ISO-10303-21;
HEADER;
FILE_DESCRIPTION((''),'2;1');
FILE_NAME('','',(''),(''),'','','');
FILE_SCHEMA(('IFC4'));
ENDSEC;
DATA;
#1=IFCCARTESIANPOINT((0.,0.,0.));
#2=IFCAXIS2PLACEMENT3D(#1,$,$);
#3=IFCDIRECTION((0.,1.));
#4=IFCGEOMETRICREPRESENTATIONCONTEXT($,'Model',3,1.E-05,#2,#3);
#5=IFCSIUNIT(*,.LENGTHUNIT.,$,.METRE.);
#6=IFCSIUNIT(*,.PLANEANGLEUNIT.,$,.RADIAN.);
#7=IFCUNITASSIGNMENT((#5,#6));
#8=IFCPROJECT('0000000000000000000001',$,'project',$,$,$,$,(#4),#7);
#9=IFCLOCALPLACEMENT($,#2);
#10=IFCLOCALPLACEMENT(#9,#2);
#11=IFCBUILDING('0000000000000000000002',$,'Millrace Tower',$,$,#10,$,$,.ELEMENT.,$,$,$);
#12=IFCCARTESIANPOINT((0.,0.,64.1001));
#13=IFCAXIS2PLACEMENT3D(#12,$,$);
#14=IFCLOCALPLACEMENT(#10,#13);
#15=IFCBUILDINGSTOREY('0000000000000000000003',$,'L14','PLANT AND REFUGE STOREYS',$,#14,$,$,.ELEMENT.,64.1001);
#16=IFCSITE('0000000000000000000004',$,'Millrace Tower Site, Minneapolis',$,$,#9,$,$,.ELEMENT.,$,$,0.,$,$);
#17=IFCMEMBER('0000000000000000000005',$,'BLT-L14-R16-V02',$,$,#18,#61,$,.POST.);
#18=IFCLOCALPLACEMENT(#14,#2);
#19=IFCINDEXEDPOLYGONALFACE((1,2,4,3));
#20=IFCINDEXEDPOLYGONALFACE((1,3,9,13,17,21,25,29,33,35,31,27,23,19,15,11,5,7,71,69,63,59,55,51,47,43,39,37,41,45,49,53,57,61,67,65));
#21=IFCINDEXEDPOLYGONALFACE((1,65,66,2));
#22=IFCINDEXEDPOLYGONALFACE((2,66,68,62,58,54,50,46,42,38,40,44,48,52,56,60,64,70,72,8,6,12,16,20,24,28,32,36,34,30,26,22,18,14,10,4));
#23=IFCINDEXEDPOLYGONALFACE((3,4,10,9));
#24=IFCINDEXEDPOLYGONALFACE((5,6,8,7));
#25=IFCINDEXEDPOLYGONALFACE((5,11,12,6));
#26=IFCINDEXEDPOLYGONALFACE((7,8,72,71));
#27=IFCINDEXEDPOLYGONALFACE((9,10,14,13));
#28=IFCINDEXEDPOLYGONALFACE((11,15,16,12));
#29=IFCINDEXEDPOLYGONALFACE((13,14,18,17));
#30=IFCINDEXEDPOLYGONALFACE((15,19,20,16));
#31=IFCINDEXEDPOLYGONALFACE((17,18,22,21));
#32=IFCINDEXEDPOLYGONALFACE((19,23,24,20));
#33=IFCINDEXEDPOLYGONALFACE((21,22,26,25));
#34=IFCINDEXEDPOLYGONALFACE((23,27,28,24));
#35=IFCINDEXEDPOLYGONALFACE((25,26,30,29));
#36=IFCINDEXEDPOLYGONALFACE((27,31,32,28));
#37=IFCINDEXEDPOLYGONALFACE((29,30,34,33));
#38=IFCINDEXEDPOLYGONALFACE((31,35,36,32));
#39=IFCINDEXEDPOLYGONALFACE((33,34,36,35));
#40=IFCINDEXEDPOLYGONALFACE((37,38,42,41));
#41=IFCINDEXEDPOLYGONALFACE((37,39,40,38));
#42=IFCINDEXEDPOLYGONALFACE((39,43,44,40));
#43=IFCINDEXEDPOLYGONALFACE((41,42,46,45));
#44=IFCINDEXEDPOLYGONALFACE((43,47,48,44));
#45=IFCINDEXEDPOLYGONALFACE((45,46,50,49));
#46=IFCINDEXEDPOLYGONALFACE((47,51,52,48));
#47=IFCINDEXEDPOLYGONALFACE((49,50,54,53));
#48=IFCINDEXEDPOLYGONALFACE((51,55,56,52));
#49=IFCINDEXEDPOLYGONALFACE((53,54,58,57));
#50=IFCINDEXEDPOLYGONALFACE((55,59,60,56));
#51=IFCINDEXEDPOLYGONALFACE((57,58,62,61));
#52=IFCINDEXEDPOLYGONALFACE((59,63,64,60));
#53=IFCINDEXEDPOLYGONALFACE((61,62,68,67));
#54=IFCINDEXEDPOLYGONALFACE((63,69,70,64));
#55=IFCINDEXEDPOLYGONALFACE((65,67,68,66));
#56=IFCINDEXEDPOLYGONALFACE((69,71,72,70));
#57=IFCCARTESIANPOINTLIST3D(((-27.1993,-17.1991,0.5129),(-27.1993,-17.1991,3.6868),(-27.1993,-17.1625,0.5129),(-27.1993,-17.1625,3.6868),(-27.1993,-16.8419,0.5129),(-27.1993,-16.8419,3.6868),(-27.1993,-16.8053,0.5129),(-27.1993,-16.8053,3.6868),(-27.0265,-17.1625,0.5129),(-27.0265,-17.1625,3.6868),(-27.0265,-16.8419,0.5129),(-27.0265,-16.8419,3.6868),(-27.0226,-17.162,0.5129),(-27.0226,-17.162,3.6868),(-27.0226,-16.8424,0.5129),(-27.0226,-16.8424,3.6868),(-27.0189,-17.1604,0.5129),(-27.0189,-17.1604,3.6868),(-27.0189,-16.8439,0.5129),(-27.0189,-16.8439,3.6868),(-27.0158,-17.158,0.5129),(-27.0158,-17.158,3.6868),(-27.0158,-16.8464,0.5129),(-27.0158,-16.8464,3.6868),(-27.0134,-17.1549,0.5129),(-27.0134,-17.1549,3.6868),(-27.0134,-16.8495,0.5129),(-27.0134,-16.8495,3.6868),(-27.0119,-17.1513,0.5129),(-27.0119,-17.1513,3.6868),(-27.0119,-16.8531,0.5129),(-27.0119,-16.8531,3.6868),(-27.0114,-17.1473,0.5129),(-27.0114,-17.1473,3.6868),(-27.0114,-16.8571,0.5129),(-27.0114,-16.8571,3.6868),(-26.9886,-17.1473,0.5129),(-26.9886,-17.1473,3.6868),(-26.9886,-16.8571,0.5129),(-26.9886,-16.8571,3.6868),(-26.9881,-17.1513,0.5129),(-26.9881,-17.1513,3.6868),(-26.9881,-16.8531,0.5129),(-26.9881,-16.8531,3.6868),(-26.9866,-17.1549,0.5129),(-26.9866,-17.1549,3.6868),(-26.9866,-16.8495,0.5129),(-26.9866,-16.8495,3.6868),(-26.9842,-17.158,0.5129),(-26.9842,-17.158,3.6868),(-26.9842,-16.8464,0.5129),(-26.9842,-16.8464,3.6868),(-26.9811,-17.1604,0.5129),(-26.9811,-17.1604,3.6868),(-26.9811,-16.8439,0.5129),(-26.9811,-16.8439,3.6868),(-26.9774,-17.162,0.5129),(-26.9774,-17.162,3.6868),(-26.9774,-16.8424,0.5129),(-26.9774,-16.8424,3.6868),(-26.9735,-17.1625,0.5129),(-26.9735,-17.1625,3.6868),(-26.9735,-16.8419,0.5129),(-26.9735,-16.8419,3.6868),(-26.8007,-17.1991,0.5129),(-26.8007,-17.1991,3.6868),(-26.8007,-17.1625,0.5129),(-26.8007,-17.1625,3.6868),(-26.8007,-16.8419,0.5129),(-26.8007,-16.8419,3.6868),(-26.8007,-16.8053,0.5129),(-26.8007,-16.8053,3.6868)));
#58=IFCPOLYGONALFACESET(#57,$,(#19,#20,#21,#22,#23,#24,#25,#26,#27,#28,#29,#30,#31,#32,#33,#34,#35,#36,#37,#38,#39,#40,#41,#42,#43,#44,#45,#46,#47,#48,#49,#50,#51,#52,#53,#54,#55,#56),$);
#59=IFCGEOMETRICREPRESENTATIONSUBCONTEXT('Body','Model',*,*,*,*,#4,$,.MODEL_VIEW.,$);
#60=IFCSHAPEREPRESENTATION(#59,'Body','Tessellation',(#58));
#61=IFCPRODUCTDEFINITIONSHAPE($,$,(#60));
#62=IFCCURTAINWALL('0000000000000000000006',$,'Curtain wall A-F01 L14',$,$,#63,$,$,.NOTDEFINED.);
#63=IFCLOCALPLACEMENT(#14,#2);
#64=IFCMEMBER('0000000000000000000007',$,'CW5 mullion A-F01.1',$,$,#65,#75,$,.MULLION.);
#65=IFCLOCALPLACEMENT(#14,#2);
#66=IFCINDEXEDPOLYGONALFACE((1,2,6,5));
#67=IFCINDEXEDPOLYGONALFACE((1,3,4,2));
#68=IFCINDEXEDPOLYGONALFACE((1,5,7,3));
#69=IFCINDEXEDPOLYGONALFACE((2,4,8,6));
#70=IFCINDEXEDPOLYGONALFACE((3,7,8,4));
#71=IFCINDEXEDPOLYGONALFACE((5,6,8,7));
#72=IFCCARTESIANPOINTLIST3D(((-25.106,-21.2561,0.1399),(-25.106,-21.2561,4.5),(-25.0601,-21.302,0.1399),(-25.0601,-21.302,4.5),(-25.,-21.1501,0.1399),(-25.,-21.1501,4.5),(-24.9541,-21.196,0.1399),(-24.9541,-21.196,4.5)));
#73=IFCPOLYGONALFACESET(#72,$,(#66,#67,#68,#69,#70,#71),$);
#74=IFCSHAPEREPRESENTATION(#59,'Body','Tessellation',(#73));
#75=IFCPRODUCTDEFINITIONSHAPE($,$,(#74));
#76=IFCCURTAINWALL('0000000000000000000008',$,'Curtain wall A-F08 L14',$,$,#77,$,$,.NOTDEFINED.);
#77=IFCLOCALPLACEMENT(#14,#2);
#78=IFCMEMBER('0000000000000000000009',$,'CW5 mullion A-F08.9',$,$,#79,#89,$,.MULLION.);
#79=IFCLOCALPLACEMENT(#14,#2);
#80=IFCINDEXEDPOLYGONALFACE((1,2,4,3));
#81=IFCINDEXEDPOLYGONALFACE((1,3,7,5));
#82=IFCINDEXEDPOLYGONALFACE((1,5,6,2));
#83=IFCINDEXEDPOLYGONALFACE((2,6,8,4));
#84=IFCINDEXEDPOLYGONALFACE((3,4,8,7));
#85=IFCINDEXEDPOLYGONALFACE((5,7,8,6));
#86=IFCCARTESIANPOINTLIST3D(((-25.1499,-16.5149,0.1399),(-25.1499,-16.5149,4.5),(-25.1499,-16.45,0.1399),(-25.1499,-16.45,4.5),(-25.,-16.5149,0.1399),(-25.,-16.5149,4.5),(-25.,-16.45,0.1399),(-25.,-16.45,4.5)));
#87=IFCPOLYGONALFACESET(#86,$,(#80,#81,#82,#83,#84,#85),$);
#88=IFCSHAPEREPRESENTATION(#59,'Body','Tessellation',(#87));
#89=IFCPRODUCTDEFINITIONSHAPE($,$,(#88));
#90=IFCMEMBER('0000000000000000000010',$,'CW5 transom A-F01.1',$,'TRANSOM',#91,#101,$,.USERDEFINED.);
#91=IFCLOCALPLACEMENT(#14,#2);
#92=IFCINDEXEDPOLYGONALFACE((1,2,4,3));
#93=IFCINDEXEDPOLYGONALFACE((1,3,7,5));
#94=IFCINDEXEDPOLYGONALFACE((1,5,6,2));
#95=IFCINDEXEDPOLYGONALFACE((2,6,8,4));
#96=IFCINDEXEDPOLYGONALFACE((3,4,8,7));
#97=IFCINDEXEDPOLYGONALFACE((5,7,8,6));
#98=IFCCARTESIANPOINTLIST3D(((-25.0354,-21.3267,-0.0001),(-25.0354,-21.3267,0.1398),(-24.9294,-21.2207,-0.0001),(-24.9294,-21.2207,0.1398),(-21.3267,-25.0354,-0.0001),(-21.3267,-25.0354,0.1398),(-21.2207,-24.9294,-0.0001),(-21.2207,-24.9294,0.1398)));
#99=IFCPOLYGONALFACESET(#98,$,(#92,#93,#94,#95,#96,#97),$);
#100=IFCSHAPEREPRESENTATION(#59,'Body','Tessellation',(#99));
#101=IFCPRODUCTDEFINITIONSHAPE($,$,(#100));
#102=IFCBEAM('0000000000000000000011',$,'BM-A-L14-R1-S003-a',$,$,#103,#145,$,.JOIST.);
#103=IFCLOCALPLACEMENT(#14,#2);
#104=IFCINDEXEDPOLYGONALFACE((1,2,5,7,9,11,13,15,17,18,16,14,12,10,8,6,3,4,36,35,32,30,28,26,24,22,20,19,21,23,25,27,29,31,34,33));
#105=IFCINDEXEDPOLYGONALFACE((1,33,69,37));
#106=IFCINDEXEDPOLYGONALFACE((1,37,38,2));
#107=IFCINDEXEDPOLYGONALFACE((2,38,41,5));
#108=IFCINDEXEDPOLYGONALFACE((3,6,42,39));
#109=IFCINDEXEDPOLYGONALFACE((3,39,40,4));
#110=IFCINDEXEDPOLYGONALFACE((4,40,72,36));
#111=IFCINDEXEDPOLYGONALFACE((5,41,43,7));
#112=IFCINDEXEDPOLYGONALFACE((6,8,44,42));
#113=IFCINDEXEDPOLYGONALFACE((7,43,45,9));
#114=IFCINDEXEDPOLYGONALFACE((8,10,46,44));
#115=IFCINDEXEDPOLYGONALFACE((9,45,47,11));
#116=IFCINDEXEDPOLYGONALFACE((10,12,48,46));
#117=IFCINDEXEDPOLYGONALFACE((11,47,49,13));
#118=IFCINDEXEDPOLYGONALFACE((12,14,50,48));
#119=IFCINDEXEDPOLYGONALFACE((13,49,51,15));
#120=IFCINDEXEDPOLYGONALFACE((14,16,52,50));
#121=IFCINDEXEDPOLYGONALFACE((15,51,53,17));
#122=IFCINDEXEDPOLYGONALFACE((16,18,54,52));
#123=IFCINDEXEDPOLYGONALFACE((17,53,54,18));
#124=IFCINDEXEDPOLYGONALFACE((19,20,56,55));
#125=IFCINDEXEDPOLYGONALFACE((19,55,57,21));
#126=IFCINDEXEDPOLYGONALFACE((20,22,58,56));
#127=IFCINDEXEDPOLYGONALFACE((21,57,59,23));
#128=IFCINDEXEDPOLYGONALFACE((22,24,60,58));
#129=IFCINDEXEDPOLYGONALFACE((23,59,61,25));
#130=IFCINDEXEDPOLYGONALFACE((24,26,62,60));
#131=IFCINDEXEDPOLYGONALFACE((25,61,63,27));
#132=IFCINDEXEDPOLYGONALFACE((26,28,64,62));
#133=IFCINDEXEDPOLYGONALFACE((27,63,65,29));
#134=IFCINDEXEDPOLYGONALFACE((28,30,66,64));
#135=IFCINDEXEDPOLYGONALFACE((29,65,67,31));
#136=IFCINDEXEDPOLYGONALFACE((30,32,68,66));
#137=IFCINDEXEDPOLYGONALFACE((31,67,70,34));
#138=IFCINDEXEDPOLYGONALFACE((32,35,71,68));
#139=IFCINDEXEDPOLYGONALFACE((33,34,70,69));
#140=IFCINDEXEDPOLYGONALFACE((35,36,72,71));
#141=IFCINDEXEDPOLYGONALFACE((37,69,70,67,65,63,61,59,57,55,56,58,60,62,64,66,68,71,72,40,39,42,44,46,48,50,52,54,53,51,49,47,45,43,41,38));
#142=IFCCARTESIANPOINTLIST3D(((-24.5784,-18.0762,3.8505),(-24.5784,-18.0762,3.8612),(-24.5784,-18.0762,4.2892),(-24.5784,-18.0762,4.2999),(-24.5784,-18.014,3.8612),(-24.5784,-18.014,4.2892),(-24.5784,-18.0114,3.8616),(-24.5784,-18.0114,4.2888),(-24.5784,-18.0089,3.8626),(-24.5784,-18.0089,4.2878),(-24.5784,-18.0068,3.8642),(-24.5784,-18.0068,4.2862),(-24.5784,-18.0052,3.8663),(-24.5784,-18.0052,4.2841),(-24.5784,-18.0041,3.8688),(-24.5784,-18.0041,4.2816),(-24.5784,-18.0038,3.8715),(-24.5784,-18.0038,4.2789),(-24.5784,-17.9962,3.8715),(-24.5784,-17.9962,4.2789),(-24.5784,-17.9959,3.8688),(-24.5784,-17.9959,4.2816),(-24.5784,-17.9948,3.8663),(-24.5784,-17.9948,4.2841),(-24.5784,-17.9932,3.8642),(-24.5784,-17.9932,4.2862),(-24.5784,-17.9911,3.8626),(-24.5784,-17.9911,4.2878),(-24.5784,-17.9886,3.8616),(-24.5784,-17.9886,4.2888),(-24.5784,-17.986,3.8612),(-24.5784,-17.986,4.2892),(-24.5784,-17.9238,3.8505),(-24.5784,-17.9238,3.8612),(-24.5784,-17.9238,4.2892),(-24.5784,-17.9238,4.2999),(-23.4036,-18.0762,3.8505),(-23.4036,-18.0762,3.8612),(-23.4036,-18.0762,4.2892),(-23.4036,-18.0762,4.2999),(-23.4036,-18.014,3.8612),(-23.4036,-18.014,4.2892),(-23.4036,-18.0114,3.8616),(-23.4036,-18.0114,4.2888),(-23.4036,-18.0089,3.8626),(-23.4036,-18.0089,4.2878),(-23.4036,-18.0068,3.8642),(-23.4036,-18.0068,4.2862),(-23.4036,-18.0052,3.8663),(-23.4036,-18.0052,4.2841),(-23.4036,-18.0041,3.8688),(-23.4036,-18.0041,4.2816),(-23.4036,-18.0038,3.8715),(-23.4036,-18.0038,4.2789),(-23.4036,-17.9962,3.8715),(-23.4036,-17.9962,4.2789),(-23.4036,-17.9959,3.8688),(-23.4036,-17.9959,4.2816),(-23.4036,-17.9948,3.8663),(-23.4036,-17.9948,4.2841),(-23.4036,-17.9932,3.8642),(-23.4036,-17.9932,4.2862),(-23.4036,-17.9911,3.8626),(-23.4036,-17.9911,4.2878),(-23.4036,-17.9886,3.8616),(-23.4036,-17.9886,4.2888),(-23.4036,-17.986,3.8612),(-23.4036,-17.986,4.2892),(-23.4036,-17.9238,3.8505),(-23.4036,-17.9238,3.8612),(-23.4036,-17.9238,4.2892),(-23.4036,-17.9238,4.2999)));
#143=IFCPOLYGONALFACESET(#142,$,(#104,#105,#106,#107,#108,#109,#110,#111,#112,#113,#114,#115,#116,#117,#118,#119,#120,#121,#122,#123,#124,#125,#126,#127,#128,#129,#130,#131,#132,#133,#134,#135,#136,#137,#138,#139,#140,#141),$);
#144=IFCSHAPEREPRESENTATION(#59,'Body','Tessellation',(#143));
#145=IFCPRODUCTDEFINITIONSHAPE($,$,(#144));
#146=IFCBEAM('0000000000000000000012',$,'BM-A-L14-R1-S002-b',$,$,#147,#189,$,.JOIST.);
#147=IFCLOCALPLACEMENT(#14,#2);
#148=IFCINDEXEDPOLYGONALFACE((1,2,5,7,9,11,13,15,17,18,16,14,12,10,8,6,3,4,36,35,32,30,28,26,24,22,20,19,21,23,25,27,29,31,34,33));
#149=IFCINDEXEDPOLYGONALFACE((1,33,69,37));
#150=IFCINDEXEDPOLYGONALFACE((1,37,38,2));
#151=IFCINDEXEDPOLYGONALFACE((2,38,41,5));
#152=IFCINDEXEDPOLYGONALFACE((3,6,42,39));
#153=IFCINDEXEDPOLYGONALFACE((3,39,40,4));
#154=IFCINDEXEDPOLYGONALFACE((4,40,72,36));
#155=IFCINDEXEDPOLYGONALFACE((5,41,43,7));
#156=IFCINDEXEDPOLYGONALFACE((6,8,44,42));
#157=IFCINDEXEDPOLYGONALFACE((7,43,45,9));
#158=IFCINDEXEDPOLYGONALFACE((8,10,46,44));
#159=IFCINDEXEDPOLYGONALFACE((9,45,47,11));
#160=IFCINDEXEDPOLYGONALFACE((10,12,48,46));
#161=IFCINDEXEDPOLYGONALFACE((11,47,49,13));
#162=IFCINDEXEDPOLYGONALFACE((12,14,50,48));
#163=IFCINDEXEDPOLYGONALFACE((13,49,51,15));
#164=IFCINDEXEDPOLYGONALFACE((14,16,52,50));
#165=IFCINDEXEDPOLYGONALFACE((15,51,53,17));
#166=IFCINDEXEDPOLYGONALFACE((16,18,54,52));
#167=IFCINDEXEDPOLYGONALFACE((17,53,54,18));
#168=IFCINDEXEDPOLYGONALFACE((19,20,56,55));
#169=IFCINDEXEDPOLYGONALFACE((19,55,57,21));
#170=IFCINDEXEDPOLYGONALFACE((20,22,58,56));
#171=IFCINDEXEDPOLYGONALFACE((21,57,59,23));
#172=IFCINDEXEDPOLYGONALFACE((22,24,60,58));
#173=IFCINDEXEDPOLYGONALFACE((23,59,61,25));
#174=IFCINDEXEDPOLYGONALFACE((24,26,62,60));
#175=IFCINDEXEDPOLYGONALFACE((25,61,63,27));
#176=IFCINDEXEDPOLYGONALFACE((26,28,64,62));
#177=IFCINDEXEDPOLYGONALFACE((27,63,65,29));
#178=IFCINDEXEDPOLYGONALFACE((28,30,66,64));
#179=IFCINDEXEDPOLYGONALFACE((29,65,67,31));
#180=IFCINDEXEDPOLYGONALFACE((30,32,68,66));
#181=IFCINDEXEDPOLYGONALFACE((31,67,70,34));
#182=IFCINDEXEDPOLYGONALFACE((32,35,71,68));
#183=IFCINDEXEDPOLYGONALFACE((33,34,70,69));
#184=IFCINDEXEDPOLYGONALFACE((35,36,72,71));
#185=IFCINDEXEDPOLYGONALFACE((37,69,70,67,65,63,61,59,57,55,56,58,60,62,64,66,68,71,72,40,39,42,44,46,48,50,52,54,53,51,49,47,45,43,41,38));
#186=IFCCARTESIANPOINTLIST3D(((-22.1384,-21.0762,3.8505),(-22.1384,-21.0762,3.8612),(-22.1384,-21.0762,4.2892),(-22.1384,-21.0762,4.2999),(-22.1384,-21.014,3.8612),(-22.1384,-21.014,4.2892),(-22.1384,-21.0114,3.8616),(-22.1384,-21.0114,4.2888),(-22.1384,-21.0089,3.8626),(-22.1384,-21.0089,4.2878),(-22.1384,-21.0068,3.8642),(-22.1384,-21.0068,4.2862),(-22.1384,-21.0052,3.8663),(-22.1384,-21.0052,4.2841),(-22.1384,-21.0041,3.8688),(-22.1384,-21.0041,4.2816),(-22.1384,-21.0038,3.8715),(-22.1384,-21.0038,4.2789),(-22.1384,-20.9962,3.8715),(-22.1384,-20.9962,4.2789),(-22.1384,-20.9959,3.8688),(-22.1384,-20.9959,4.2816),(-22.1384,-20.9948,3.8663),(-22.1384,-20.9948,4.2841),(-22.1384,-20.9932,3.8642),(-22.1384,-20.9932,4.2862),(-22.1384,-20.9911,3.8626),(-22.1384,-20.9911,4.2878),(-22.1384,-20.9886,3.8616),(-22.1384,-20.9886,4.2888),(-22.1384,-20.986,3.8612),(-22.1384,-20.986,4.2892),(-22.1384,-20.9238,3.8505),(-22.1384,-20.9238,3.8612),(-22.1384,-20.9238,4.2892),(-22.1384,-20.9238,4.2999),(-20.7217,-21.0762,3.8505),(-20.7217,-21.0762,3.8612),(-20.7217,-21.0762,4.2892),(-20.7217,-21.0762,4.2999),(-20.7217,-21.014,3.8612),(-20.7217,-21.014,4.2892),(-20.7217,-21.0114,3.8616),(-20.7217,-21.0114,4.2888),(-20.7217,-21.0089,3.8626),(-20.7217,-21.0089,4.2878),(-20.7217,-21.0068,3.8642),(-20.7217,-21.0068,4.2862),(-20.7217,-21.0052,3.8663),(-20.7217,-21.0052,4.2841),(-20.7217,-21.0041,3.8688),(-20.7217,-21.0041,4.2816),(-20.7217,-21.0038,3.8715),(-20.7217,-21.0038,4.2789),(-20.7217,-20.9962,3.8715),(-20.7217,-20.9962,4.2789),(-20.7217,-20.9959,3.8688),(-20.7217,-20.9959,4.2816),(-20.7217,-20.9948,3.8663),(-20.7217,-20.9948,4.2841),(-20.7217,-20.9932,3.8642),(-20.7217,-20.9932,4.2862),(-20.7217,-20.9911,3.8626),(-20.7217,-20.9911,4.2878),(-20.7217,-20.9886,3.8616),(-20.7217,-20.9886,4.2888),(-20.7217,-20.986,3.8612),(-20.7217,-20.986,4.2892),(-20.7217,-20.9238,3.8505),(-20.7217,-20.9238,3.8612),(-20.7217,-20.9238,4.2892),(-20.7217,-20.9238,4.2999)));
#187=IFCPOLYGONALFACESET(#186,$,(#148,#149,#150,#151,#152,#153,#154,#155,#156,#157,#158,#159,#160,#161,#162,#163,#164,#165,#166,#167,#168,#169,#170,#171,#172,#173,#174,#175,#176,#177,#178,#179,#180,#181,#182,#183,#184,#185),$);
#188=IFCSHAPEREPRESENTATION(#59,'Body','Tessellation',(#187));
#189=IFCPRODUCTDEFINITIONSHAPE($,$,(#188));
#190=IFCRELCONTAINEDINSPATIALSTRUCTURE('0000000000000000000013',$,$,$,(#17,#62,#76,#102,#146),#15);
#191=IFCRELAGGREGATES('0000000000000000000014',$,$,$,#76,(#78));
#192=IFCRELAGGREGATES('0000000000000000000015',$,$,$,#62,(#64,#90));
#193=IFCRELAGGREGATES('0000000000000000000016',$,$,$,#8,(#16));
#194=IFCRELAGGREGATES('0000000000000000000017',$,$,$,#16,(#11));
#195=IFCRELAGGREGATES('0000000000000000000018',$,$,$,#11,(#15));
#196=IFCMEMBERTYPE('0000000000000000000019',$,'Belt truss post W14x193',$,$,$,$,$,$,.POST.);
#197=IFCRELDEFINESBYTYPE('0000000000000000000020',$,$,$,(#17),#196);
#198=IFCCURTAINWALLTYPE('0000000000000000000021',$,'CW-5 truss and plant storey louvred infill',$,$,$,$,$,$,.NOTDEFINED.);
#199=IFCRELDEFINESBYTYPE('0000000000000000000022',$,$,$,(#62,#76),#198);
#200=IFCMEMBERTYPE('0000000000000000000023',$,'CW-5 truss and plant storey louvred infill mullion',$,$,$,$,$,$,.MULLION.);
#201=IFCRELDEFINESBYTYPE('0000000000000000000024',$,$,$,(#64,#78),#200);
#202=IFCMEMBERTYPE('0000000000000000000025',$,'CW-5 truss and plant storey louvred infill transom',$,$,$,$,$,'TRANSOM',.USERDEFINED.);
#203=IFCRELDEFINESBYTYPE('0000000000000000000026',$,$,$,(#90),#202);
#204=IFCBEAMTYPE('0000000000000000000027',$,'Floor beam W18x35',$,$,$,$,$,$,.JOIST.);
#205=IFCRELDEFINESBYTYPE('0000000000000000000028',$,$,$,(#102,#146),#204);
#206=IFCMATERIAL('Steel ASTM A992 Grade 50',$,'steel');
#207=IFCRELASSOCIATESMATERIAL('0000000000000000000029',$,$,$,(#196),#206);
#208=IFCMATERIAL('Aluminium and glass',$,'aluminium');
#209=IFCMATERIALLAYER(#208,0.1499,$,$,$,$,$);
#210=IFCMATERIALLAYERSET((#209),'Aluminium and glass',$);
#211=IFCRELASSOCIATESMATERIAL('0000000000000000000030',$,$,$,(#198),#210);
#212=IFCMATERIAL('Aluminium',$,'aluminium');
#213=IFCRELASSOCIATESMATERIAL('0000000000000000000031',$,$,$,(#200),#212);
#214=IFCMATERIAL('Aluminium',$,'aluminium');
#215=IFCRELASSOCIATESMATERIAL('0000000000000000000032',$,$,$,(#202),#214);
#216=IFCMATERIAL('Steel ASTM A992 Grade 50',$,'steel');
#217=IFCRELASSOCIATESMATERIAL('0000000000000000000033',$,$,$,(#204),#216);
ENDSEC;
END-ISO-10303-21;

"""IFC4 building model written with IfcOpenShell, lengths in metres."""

from ifc_helpers import new_model, si_unit, direction, frame, origin, origin_2d, place, context, subcontext, project, spatial, rectangle, i_section, extrude, material, layer, layer_set, material_profile, profile_set, type_object, element, aggregate, save


model = new_model("IFC4")

# Units and contexts
model_context = context("Model", 3, precision=1e-05, world=origin(), true_north=direction((0.0, 1.0)))
body_context = subcontext(model_context, "Body", "Model", "MODEL_VIEW")
ifc_project = project(units=[si_unit("LENGTHUNIT", "METRE"), si_unit("PLANEANGLEUNIT", "RADIAN")], contexts=[model_context])

# Site, building, storey
site_placement = place(None, origin())
site = spatial("IfcSite", under=ifc_project, at=site_placement, Name="Millrace Tower Site, Minneapolis", CompositionType="ELEMENT", RefElevation=0.0)
building_placement = place(site_placement, origin())
building = spatial("IfcBuilding", under=site, at=building_placement, Name="Millrace Tower", CompositionType="ELEMENT")
storey_placement = place(building_placement, frame((0.0, 0.0, 64.1001)))
storey = spatial("IfcBuildingStorey", under=building, at=storey_placement, Name="L14", Description="PLANT AND REFUGE STOREYS", CompositionType="ELEMENT", Elevation=64.1001)

# Member
ifc_material_1 = material(Name="Steel ASTM A992 Grade 50", Category="steel")
ifc_material_profile_1 = material_profile(ifc_material_1, i_section(OverallWidth=0.3987, OverallDepth=0.3938, WebThickness=0.0227, FlangeThickness=0.0366, FilletRadius=0.0151, at=origin_2d()))
ifc_profile_set_1 = profile_set([ifc_material_profile_1], Name="Steel ASTM A992 Grade 50")
member_type_1 = type_object("IfcMemberType", Name="Belt truss post W14x193", PredefinedType="POST", material=ifc_profile_set_1)
member_1_placement = place(storey_placement, frame((-27.0, -17.0022, 0.5129), z_axis=(0.0, 0.0, 1.0), x_axis=(1.0, 0.0, 0.0)))
element("IfcMember", 1, at=member_1_placement, inside=storey, type_object=member_type_1, Name="BLT-L14-R16-V02", PredefinedType="POST", context=body_context, shape_type="SweptSolid", body=[
    extrude(i_section(OverallWidth=0.3987, OverallDepth=0.3938, WebThickness=0.0227, FlangeThickness=0.0366, FilletRadius=0.0151, at=origin_2d()), origin(), (0.0, 0.0, 1.0), 3.1738),
])

# Curtain walls, members
ifc_material_2 = material(Name="Aluminium and glass", Category="aluminium")
ifc_layer_1 = layer(ifc_material_2, 0.1499)
ifc_layer_set_1 = layer_set([ifc_layer_1], Name="Aluminium and glass")
curtain_wall_type = type_object("IfcCurtainWallType", Name="CW-5 truss and plant storey louvred infill", PredefinedType="NOTDEFINED", material=ifc_layer_set_1)
placement = place(storey_placement, origin())
curtain_wall_1 = element("IfcCurtainWall", 2, at=placement, inside=storey, type_object=curtain_wall_type, Name="Curtain wall A-F01 L14", PredefinedType="NOTDEFINED")
ifc_material_3 = material(Name="Aluminium", Category="aluminium")
ifc_material_profile_2 = material_profile(ifc_material_3, rectangle(XDim=0.0649, YDim=0.1499, at=origin_2d()))
ifc_profile_set_2 = profile_set([ifc_material_profile_2], Name="Aluminium")
member_type_2 = type_object("IfcMemberType", Name="CW-5 truss and plant storey louvred infill mullion", PredefinedType="MULLION", material=ifc_profile_set_2)
member_2_placement = place(storey_placement, frame((-25.03, -21.2261, 0.1399), z_axis=(0.0, 0.0, 1.0), x_axis=(0.707107, -0.707107, 0.0)))
member_2 = element("IfcMember", 3, at=member_2_placement, type_object=member_type_2, Name="CW5 mullion A-F01.1", PredefinedType="MULLION", context=body_context, shape_type="SweptSolid", body=[
    extrude(rectangle(XDim=0.0649, YDim=0.1499, at=origin_2d()), origin(), (0.0, 0.0, 1.0), 4.3601),
])
curtain_wall_2 = element("IfcCurtainWall", 4, at=placement, inside=storey, type_object=curtain_wall_type, Name="Curtain wall A-F08 L14", PredefinedType="NOTDEFINED")
member_3_placement = place(storey_placement, frame((-25.075, -16.4824, 0.1399), z_axis=(0.0, 0.0, 1.0), x_axis=(0.0, -1.0, 0.0)))
member_3 = element("IfcMember", 5, at=member_3_placement, type_object=member_type_2, Name="CW5 mullion A-F08.9", PredefinedType="MULLION", context=body_context, shape_type="SweptSolid", body=[
    extrude(rectangle(XDim=0.0649, YDim=0.1499, at=origin_2d()), origin(), (0.0, 0.0, 1.0), 4.3601),
])
aggregate(curtain_wall_2, [member_3])

# Member
ifc_material_4 = material(Name="Aluminium", Category="aluminium")
ifc_material_profile_3 = material_profile(ifc_material_4, rectangle(XDim=0.1499, YDim=0.1399, at=origin_2d()))
ifc_profile_set_3 = profile_set([ifc_material_profile_3], Name="Aluminium")
member_type_3 = type_object("IfcMemberType", Name="CW-5 truss and plant storey louvred infill transom", ElementType="TRANSOM", PredefinedType="USERDEFINED", material=ifc_profile_set_3)
member_4_placement = place(storey_placement, frame((-24.9824, -21.2737, 0.0698), z_axis=(0.707107, -0.707107, 0.0), x_axis=(0.707107, 0.707107, 0.0)))
member_4 = element("IfcMember", 6, at=member_4_placement, type_object=member_type_3, Name="CW5 transom A-F01.1", ObjectType="TRANSOM", PredefinedType="USERDEFINED", context=body_context, shape_type="SweptSolid", body=[
    extrude(rectangle(XDim=0.1499, YDim=0.1399, at=origin_2d()), origin(), (0.0, 0.0, 1.0), 5.2449),
])
aggregate(curtain_wall_1, [member_2, member_4])

# Beams
ifc_material_5 = material(Name="Steel ASTM A992 Grade 50", Category="steel")
ifc_material_profile_4 = material_profile(ifc_material_5, i_section(OverallWidth=0.1523, OverallDepth=0.4495, WebThickness=0.0076, FlangeThickness=0.0107, FilletRadius=0.0103, at=origin_2d()))
ifc_profile_set_4 = profile_set([ifc_material_profile_4], Name="Steel ASTM A992 Grade 50")
beam_type_1 = type_object("IfcBeamType", Name="Floor beam W18x35", PredefinedType="JOIST", material=ifc_profile_set_4)
beam_1_placement = place(storey_placement, frame((-24.5784, -18.0, 4.0752), z_axis=(1.0, 0.0, 0.0), x_axis=(0.0, 1.0, 0.0)))
element("IfcBeam", 7, at=beam_1_placement, inside=storey, type_object=beam_type_1, Name="BM-A-L14-R1-S003-a", PredefinedType="JOIST", context=body_context, shape_type="SweptSolid", body=[
    extrude(i_section(OverallWidth=0.1523, OverallDepth=0.4495, WebThickness=0.0076, FlangeThickness=0.0107, FilletRadius=0.0103, at=origin_2d()), origin(), (0.0, 0.0, 1.0), 1.1748),
])
beam_2_placement = place(storey_placement, frame((-22.1384, -21.0, 4.0752), z_axis=(1.0, 0.0, 0.0), x_axis=(0.0, 1.0, 0.0)))
element("IfcBeam", 8, at=beam_2_placement, inside=storey, type_object=beam_type_1, Name="BM-A-L14-R1-S002-b", PredefinedType="JOIST", context=body_context, shape_type="SweptSolid", body=[
    extrude(i_section(OverallWidth=0.1523, OverallDepth=0.4495, WebThickness=0.0076, FlangeThickness=0.0107, FilletRadius=0.0103, at=origin_2d()), origin(), (0.0, 0.0, 1.0), 1.4167),
])

save(model, "model.ifc")
